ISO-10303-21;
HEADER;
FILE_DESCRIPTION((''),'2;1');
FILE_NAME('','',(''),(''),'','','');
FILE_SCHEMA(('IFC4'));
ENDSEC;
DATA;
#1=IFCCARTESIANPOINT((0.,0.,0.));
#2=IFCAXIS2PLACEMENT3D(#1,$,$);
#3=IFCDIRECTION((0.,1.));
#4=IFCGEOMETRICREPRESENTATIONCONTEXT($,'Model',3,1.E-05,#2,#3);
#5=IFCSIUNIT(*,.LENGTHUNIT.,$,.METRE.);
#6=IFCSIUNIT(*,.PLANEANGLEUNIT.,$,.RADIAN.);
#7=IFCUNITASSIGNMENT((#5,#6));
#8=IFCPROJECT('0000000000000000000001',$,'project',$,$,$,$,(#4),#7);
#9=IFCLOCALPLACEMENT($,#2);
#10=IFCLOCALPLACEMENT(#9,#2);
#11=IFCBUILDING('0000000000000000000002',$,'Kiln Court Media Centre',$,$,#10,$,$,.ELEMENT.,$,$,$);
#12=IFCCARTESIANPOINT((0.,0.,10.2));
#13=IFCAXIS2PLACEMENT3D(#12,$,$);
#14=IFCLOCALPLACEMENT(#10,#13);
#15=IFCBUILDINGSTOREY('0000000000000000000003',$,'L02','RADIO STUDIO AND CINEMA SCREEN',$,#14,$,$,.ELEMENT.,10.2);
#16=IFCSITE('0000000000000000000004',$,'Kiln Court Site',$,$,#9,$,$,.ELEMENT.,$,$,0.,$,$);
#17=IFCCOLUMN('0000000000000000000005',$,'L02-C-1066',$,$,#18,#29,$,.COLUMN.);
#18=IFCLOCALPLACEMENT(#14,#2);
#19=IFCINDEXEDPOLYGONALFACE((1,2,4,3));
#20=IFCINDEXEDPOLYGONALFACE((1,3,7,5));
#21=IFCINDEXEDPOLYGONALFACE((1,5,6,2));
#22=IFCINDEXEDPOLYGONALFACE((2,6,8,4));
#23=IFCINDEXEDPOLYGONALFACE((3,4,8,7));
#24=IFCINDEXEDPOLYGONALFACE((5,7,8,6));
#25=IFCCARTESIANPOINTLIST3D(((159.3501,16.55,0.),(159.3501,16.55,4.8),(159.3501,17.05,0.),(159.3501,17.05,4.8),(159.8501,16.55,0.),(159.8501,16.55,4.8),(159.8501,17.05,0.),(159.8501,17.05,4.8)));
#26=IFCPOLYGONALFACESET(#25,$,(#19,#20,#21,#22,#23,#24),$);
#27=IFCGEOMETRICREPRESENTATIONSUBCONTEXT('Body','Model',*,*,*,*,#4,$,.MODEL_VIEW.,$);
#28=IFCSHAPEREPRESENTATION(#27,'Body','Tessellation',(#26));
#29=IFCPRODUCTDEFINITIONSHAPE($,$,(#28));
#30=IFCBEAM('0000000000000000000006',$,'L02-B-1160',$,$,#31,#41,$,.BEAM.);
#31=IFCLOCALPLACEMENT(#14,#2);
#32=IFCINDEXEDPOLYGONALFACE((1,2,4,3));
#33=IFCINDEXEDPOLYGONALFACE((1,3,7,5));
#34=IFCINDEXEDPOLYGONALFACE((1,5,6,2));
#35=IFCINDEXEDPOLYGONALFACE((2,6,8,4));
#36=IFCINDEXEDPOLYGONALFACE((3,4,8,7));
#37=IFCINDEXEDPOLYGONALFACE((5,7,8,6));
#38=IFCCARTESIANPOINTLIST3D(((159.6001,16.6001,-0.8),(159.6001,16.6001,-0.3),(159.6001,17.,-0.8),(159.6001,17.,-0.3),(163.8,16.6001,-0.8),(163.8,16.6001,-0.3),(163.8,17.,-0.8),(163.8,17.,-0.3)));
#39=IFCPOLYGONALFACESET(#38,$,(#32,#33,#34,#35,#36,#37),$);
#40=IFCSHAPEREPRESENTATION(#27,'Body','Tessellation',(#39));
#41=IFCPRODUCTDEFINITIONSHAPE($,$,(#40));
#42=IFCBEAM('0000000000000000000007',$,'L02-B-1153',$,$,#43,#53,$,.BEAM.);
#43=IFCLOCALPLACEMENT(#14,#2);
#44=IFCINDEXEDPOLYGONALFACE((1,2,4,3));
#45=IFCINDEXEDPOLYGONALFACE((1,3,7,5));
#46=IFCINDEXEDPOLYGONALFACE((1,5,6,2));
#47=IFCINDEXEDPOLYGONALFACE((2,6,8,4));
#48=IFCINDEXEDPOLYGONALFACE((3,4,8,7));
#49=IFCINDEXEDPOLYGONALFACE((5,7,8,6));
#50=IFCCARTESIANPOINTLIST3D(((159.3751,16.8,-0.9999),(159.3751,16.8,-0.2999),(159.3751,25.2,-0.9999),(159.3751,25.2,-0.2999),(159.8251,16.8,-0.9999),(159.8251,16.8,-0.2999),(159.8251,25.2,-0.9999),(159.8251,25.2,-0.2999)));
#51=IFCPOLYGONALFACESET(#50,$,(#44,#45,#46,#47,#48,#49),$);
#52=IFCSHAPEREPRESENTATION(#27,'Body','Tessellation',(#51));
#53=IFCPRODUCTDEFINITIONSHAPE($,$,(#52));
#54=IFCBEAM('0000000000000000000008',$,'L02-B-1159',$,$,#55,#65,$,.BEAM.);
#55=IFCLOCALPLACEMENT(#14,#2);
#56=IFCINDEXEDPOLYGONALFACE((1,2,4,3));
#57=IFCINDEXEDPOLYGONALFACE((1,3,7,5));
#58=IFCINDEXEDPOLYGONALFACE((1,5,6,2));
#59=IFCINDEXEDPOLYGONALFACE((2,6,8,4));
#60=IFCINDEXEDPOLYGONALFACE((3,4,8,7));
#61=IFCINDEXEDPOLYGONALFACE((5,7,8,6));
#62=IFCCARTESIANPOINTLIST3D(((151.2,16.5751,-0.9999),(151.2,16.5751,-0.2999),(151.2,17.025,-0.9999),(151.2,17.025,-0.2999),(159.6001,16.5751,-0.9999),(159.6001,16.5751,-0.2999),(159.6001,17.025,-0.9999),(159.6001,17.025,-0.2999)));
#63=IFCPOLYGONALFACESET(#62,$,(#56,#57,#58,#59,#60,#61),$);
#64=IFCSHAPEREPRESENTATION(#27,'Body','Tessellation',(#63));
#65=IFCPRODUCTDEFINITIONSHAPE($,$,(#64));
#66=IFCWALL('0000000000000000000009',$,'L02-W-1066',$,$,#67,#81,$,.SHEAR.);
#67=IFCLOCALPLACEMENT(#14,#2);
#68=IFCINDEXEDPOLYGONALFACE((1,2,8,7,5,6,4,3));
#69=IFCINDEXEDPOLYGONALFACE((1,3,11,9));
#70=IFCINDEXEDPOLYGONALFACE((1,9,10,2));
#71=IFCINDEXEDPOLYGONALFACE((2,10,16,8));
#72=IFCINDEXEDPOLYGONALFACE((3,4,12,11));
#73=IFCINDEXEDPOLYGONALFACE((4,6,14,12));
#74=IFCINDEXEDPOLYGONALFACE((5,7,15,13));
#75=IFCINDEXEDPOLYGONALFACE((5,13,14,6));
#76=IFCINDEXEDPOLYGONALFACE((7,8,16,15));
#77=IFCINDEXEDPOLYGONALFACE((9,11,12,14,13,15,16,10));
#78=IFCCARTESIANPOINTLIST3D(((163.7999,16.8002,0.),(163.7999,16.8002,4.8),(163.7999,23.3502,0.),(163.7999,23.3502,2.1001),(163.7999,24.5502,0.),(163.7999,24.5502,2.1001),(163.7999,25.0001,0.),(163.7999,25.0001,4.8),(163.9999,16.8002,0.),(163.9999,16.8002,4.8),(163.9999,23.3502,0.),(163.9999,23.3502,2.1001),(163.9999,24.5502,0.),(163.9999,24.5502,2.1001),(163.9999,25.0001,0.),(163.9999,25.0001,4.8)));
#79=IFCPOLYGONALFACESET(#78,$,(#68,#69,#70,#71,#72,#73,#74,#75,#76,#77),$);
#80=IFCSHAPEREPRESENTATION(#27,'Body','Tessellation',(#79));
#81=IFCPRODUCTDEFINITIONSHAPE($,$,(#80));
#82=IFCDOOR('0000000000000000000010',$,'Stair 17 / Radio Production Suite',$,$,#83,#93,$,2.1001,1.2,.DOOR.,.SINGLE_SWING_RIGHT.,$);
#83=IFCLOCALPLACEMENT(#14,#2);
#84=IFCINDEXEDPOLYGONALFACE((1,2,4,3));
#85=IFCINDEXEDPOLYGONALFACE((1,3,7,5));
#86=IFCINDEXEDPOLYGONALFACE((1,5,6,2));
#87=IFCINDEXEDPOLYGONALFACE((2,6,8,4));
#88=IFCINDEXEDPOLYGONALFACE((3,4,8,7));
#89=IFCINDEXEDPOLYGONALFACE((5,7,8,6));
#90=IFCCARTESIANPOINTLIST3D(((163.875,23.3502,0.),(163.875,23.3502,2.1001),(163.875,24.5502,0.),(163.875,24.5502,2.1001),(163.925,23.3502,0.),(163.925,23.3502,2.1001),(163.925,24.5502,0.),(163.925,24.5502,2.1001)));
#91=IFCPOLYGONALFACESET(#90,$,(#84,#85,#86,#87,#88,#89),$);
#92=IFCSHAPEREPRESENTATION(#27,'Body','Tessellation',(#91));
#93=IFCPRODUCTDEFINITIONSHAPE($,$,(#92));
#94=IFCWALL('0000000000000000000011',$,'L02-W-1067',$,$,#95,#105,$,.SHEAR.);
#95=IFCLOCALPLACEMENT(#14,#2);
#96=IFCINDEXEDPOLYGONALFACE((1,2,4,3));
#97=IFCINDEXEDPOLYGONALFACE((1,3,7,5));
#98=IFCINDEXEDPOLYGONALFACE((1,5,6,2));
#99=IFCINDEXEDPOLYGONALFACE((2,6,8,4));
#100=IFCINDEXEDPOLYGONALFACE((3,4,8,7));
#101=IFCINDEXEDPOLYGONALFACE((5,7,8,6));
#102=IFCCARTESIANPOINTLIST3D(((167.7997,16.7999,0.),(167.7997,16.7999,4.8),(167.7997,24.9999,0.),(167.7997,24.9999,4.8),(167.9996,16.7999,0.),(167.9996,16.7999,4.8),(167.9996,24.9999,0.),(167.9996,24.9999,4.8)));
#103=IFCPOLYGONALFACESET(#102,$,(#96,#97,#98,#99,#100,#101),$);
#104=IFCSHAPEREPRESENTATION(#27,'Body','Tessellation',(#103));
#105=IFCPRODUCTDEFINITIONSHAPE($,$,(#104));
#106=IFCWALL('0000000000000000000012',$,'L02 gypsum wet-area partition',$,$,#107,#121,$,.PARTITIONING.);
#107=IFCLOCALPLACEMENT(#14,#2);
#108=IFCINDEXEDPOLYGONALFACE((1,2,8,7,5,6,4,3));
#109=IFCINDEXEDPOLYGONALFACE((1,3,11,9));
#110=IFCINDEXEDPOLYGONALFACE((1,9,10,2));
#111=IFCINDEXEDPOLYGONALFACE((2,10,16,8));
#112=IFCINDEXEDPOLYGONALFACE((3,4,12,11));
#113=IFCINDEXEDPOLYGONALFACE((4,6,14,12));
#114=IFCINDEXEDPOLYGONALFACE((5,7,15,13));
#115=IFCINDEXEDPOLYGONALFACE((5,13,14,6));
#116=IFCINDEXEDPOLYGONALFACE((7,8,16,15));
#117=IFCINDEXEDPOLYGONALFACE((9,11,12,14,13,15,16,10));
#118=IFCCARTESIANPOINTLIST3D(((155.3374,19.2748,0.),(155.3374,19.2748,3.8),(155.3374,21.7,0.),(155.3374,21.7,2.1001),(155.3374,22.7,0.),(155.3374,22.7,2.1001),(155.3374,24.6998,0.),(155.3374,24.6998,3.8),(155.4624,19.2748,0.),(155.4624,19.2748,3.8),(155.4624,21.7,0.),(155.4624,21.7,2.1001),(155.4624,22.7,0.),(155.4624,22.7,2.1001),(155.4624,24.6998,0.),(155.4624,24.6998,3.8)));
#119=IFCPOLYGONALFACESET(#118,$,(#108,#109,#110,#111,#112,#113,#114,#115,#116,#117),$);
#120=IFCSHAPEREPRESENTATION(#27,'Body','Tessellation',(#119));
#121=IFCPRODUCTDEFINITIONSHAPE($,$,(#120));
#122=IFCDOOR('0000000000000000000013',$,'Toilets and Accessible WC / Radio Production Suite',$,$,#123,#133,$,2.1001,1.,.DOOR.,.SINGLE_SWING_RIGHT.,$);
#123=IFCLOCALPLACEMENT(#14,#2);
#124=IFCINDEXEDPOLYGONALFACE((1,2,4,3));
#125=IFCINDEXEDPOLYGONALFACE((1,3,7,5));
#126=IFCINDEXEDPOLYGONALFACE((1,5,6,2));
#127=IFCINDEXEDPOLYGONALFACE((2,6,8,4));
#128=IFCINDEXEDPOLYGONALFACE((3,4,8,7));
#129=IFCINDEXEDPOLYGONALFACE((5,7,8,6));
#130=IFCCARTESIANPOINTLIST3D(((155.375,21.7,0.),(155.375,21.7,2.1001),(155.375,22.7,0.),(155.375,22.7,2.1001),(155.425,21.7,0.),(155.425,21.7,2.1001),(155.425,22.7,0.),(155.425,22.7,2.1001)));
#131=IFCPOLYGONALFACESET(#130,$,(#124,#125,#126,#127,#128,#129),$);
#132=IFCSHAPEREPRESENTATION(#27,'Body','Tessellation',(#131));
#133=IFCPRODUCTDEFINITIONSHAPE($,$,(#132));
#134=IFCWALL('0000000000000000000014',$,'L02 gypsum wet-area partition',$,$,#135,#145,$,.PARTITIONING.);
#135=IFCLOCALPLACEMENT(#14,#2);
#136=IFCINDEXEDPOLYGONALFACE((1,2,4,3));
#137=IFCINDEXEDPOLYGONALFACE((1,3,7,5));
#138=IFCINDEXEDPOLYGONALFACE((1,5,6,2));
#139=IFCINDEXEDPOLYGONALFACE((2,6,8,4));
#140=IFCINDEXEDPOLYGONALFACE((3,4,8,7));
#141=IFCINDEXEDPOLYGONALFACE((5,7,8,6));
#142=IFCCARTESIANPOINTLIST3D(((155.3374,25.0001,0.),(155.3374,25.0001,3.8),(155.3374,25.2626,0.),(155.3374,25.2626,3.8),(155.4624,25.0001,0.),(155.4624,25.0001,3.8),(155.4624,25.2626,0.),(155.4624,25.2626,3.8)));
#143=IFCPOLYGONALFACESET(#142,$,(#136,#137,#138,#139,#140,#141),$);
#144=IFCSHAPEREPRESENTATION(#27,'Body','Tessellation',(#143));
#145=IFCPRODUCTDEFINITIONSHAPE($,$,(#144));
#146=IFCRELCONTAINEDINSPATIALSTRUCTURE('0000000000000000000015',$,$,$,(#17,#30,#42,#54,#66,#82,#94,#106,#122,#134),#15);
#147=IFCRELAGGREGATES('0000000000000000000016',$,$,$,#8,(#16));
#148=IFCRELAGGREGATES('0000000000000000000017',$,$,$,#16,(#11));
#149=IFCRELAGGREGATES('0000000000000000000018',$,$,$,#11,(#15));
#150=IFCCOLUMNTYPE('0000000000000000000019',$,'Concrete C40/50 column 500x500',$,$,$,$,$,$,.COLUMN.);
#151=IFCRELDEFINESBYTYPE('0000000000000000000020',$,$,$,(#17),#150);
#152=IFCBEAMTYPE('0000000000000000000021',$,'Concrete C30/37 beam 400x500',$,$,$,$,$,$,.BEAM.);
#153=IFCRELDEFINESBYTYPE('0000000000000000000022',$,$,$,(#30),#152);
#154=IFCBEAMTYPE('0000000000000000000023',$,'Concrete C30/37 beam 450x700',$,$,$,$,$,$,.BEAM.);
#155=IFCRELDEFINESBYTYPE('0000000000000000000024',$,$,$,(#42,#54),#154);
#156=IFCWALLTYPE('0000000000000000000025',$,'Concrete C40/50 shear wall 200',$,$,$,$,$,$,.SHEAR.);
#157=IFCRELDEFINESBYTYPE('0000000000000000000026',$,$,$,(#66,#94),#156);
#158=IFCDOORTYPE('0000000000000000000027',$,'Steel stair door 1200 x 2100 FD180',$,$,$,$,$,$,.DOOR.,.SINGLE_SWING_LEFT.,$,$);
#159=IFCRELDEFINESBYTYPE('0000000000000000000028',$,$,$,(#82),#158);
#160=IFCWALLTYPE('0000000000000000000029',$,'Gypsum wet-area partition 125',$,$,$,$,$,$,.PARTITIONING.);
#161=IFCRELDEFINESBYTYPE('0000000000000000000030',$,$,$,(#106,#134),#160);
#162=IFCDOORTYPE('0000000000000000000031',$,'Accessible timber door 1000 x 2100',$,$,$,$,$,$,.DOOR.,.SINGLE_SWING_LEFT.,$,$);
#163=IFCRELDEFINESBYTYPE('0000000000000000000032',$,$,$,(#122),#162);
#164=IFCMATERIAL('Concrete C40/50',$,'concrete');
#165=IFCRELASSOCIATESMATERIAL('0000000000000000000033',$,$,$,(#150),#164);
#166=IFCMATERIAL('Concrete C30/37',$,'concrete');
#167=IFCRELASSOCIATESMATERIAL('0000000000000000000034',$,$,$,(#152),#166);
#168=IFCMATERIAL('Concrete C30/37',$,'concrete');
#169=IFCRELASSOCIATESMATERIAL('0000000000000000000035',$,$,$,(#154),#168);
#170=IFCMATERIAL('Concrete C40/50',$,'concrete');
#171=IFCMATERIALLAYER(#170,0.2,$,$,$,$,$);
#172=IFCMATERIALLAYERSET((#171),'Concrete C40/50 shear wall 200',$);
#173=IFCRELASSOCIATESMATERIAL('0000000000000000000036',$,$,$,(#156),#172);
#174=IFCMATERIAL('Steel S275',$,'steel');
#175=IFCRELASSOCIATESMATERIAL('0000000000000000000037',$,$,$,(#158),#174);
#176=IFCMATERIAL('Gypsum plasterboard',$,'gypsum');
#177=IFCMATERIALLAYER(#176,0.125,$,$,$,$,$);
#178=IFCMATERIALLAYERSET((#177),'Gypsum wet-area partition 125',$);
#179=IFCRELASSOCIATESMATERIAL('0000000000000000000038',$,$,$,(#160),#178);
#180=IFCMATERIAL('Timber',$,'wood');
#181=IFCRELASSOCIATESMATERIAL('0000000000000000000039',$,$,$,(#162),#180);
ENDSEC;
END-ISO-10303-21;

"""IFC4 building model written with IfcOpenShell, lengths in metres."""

from ifc_helpers import new_model, si_unit, direction, frame, frame_2d, origin, origin_2d, place, context, subcontext, project, spatial, rectangle, extrude, material, layer, layer_set, material_profile, profile_set, type_object, element, fill, save


model = new_model("IFC4")

# Units and contexts
model_context = context("Model", 3, precision=1e-05, world=origin(), true_north=direction((0.0, 1.0)))
body_context = subcontext(model_context, "Body", "Model", "MODEL_VIEW")
ifc_project = project(units=[si_unit("LENGTHUNIT", "METRE"), si_unit("PLANEANGLEUNIT", "RADIAN")], contexts=[model_context])

# Site, building, storey
site_placement = place(None, origin())
site = spatial("IfcSite", under=ifc_project, at=site_placement, Name="Kiln Court Site", CompositionType="ELEMENT", RefElevation=0.0)
building_placement = place(site_placement, origin())
building = spatial("IfcBuilding", under=site, at=building_placement, Name="Kiln Court Media Centre", CompositionType="ELEMENT")
storey_placement = place(building_placement, frame((0.0, 0.0, 10.2)))
storey = spatial("IfcBuildingStorey", under=building, at=storey_placement, Name="L02", Description="RADIO STUDIO AND CINEMA SCREEN", CompositionType="ELEMENT", Elevation=10.2)

# Column
ifc_material_1 = material(Name="Concrete C40/50", Category="concrete")
ifc_material_profile_1 = material_profile(ifc_material_1, rectangle(XDim=0.5, YDim=0.5, at=origin_2d()), Name="RC 500x500")
ifc_profile_set_1 = profile_set([ifc_material_profile_1], Name="Concrete C40/50")
column_type = type_object("IfcColumnType", Name="Concrete C40/50 column 500x500", PredefinedType="COLUMN", material=ifc_profile_set_1)
column_placement = place(storey_placement, frame((159.6001, 16.8, 0.0), z_axis=(0.0, 0.0, 1.0), x_axis=(1.0, 0.0, 0.0)))
element("IfcColumn", 1, at=column_placement, inside=storey, type_object=column_type, Name="L02-C-1066", PredefinedType="COLUMN", context=body_context, shape_type="SweptSolid", body=[
    extrude(rectangle(XDim=0.5, YDim=0.5, at=origin_2d()), origin(), (0.0, 0.0, 1.0), 4.8),
])

# Beams
ifc_material_2 = material(Name="Concrete C30/37", Category="concrete")
ifc_material_profile_2 = material_profile(ifc_material_2, rectangle(XDim=0.3999, YDim=0.5, at=origin_2d()), Name="RC 400x500")
ifc_profile_set_2 = profile_set([ifc_material_profile_2], Name="Concrete C30/37")
beam_type_1 = type_object("IfcBeamType", Name="Concrete C30/37 beam 400x500", PredefinedType="BEAM", material=ifc_profile_set_2)
beam_1_placement = place(storey_placement, frame((159.6001, 16.8, -0.55), z_axis=(1.0, 0.0, 0.0), x_axis=(0.0, 1.0, 0.0)))
element("IfcBeam", 2, at=beam_1_placement, inside=storey, type_object=beam_type_1, Name="L02-B-1160", PredefinedType="BEAM", context=body_context, shape_type="SweptSolid", body=[
    extrude(rectangle(XDim=0.3999, YDim=0.5, at=origin_2d()), origin(), (0.0, 0.0, 1.0), 4.2),
])
ifc_material_3 = material(Name="Concrete C30/37", Category="concrete")
ifc_material_profile_3 = material_profile(ifc_material_3, rectangle(XDim=0.45, YDim=0.7, at=origin_2d()), Name="RC 450x700")
ifc_profile_set_3 = profile_set([ifc_material_profile_3], Name="Concrete C30/37")
beam_type_2 = type_object("IfcBeamType", Name="Concrete C30/37 beam 450x700", PredefinedType="BEAM", material=ifc_profile_set_3)
beam_2_placement = place(storey_placement, frame((159.6001, 16.8, -0.6499), z_axis=(0.0, 1.0, 0.0), x_axis=(-1.0, 0.0, 0.0)))
element("IfcBeam", 3, at=beam_2_placement, inside=storey, type_object=beam_type_2, Name="L02-B-1153", PredefinedType="BEAM", context=body_context, shape_type="SweptSolid", body=[
    extrude(rectangle(XDim=0.45, YDim=0.7, at=origin_2d()), origin(), (0.0, 0.0, 1.0), 8.3999),
])
beam_3_placement = place(storey_placement, frame((151.2, 16.8, -0.6499), z_axis=(1.0, 0.0, 0.0), x_axis=(0.0, 1.0, 0.0)))
element("IfcBeam", 4, at=beam_3_placement, inside=storey, type_object=beam_type_2, Name="L02-B-1159", PredefinedType="BEAM", context=body_context, shape_type="SweptSolid", body=[
    extrude(rectangle(XDim=0.45, YDim=0.7, at=origin_2d()), origin(), (0.0, 0.0, 1.0), 8.4001),
])

# Wall, opening, door
ifc_material_4 = material(Name="Concrete C40/50", Category="concrete")
ifc_layer_1 = layer(ifc_material_4, 0.2)
ifc_layer_set_1 = layer_set([ifc_layer_1], Name="Concrete C40/50 shear wall 200")
wall_type_1 = type_object("IfcWallType", Name="Concrete C40/50 shear wall 200", PredefinedType="SHEAR", material=ifc_layer_set_1)
wall_1_placement = place(storey_placement, frame((163.8999, 16.8, 0.0), z_axis=(0.0, 0.0, 1.0), x_axis=(0.0, 1.0, 0.0)))
wall_1 = element("IfcWall", 5, at=wall_1_placement, inside=storey, type_object=wall_type_1, Name="L02-W-1066", PredefinedType="SHEAR", context=body_context, shape_type="SweptSolid", body=[
    extrude(rectangle(XDim=8.2, YDim=0.2, at=frame_2d((4.1001, 0.0))), origin(), (0.0, 0.0, 1.0), 4.8),
])
opening_1_placement = place(wall_1_placement, frame((6.55, 0.0, 0.0)))
opening_1 = element("IfcOpeningElement", 6, at=opening_1_placement, cuts=wall_1, PredefinedType="OPENING", context=body_context, shape_type="SweptSolid", body=[
    extrude(rectangle(XDim=1.2, YDim=2.1001, at=frame_2d((0.6001, 1.05))), frame((0.0, 0.1099, 0.0), z_axis=(0.0, -1.0, 0.0), x_axis=(1.0, 0.0, 0.0)), (0.0, 0.0, 1.0), 0.22),
])
ifc_material_5 = material(Name="Steel S275", Category="steel")
door_type_1 = type_object("IfcDoorType", Name="Steel stair door 1200 x 2100 FD180", OperationType="SINGLE_SWING_LEFT", PredefinedType="DOOR", material=ifc_material_5)
door_1_placement = place(opening_1_placement, origin())
door_1 = element("IfcDoor", 7, at=door_1_placement, inside=storey, type_object=door_type_1, Name="Stair 17 / Radio Production Suite", OperationType="SINGLE_SWING_RIGHT", OverallHeight=2.1001, OverallWidth=1.2, PredefinedType="DOOR", context=body_context, shape_type="SweptSolid", body=[
    extrude(rectangle(XDim=1.2, YDim=2.1001, at=frame_2d((0.6001, 1.05))), frame((0.0, 0.0249, 0.0), z_axis=(0.0, -1.0, 0.0), x_axis=(1.0, 0.0, 0.0)), (0.0, 0.0, 1.0), 0.05),
])
fill(opening_1, door_1)

# Wall
wall_2_placement = place(storey_placement, frame((167.8997, 25.0, 0.0), z_axis=(0.0, 0.0, 1.0), x_axis=(0.0, -1.0, 0.0)))
element("IfcWall", 8, at=wall_2_placement, inside=storey, type_object=wall_type_1, Name="L02-W-1067", PredefinedType="SHEAR", context=body_context, shape_type="SweptSolid", body=[
    extrude(rectangle(XDim=8.2, YDim=0.2, at=frame_2d((4.1001, 0.0))), origin(), (0.0, 0.0, 1.0), 4.8),
])

# Wall, opening, door
ifc_material_6 = material(Name="Gypsum plasterboard", Category="gypsum")
ifc_layer_2 = layer(ifc_material_6, 0.125)
ifc_layer_set_2 = layer_set([ifc_layer_2], Name="Gypsum wet-area partition 125")
wall_type_2 = type_object("IfcWallType", Name="Gypsum wet-area partition 125", PredefinedType="PARTITIONING", material=ifc_layer_set_2)
wall_3_placement = place(storey_placement, frame((155.3999, 19.2749, 0.0), z_axis=(0.0, 0.0, 1.0), x_axis=(0.0, 1.0, 0.0)))
wall_3 = element("IfcWall", 9, at=wall_3_placement, inside=storey, type_object=wall_type_2, Name="L02 gypsum wet-area partition", PredefinedType="PARTITIONING", context=body_context, shape_type="SweptSolid", body=[
    extrude(rectangle(XDim=5.425, YDim=0.125, at=frame_2d((2.7124, 0.0))), origin(), (0.0, 0.0, 1.0), 3.8),
])
opening_2_placement = place(wall_3_placement, frame((2.425, 0.0, 0.0)))
opening_2 = element("IfcOpeningElement", 10, at=opening_2_placement, cuts=wall_3, PredefinedType="OPENING", context=body_context, shape_type="SweptSolid", body=[
    extrude(rectangle(XDim=1.0, YDim=2.1001, at=frame_2d((0.5, 1.05))), frame((0.0, 0.0725, 0.0), z_axis=(0.0, -1.0, 0.0), x_axis=(1.0, 0.0, 0.0)), (0.0, 0.0, 1.0), 0.145),
])
ifc_material_7 = material(Name="Timber", Category="wood")
door_type_2 = type_object("IfcDoorType", Name="Accessible timber door 1000 x 2100", OperationType="SINGLE_SWING_LEFT", PredefinedType="DOOR", material=ifc_material_7)
door_2_placement = place(opening_2_placement, origin())
door_2 = element("IfcDoor", 11, at=door_2_placement, inside=storey, type_object=door_type_2, Name="Toilets and Accessible WC / Radio Production Suite", OperationType="SINGLE_SWING_RIGHT", OverallHeight=2.1001, OverallWidth=1.0, PredefinedType="DOOR", context=body_context, shape_type="SweptSolid", body=[
    extrude(rectangle(XDim=1.0, YDim=2.1001, at=frame_2d((0.5, 1.05))), frame((0.0, 0.0249, 0.0), z_axis=(0.0, -1.0, 0.0), x_axis=(1.0, 0.0, 0.0)), (0.0, 0.0, 1.0), 0.05),
])
fill(opening_2, door_2)

# Wall
wall_4_placement = place(storey_placement, frame((155.3999, 25.0, 0.0), z_axis=(0.0, 0.0, 1.0), x_axis=(0.0, 1.0, 0.0)))
element("IfcWall", 12, at=wall_4_placement, inside=storey, type_object=wall_type_2, Name="L02 gypsum wet-area partition", PredefinedType="PARTITIONING", context=body_context, shape_type="SweptSolid", body=[
    extrude(rectangle(XDim=0.2625, YDim=0.125, at=frame_2d((0.1313, 0.0))), origin(), (0.0, 0.0, 1.0), 3.8),
])

save(model, "model.ifc")
